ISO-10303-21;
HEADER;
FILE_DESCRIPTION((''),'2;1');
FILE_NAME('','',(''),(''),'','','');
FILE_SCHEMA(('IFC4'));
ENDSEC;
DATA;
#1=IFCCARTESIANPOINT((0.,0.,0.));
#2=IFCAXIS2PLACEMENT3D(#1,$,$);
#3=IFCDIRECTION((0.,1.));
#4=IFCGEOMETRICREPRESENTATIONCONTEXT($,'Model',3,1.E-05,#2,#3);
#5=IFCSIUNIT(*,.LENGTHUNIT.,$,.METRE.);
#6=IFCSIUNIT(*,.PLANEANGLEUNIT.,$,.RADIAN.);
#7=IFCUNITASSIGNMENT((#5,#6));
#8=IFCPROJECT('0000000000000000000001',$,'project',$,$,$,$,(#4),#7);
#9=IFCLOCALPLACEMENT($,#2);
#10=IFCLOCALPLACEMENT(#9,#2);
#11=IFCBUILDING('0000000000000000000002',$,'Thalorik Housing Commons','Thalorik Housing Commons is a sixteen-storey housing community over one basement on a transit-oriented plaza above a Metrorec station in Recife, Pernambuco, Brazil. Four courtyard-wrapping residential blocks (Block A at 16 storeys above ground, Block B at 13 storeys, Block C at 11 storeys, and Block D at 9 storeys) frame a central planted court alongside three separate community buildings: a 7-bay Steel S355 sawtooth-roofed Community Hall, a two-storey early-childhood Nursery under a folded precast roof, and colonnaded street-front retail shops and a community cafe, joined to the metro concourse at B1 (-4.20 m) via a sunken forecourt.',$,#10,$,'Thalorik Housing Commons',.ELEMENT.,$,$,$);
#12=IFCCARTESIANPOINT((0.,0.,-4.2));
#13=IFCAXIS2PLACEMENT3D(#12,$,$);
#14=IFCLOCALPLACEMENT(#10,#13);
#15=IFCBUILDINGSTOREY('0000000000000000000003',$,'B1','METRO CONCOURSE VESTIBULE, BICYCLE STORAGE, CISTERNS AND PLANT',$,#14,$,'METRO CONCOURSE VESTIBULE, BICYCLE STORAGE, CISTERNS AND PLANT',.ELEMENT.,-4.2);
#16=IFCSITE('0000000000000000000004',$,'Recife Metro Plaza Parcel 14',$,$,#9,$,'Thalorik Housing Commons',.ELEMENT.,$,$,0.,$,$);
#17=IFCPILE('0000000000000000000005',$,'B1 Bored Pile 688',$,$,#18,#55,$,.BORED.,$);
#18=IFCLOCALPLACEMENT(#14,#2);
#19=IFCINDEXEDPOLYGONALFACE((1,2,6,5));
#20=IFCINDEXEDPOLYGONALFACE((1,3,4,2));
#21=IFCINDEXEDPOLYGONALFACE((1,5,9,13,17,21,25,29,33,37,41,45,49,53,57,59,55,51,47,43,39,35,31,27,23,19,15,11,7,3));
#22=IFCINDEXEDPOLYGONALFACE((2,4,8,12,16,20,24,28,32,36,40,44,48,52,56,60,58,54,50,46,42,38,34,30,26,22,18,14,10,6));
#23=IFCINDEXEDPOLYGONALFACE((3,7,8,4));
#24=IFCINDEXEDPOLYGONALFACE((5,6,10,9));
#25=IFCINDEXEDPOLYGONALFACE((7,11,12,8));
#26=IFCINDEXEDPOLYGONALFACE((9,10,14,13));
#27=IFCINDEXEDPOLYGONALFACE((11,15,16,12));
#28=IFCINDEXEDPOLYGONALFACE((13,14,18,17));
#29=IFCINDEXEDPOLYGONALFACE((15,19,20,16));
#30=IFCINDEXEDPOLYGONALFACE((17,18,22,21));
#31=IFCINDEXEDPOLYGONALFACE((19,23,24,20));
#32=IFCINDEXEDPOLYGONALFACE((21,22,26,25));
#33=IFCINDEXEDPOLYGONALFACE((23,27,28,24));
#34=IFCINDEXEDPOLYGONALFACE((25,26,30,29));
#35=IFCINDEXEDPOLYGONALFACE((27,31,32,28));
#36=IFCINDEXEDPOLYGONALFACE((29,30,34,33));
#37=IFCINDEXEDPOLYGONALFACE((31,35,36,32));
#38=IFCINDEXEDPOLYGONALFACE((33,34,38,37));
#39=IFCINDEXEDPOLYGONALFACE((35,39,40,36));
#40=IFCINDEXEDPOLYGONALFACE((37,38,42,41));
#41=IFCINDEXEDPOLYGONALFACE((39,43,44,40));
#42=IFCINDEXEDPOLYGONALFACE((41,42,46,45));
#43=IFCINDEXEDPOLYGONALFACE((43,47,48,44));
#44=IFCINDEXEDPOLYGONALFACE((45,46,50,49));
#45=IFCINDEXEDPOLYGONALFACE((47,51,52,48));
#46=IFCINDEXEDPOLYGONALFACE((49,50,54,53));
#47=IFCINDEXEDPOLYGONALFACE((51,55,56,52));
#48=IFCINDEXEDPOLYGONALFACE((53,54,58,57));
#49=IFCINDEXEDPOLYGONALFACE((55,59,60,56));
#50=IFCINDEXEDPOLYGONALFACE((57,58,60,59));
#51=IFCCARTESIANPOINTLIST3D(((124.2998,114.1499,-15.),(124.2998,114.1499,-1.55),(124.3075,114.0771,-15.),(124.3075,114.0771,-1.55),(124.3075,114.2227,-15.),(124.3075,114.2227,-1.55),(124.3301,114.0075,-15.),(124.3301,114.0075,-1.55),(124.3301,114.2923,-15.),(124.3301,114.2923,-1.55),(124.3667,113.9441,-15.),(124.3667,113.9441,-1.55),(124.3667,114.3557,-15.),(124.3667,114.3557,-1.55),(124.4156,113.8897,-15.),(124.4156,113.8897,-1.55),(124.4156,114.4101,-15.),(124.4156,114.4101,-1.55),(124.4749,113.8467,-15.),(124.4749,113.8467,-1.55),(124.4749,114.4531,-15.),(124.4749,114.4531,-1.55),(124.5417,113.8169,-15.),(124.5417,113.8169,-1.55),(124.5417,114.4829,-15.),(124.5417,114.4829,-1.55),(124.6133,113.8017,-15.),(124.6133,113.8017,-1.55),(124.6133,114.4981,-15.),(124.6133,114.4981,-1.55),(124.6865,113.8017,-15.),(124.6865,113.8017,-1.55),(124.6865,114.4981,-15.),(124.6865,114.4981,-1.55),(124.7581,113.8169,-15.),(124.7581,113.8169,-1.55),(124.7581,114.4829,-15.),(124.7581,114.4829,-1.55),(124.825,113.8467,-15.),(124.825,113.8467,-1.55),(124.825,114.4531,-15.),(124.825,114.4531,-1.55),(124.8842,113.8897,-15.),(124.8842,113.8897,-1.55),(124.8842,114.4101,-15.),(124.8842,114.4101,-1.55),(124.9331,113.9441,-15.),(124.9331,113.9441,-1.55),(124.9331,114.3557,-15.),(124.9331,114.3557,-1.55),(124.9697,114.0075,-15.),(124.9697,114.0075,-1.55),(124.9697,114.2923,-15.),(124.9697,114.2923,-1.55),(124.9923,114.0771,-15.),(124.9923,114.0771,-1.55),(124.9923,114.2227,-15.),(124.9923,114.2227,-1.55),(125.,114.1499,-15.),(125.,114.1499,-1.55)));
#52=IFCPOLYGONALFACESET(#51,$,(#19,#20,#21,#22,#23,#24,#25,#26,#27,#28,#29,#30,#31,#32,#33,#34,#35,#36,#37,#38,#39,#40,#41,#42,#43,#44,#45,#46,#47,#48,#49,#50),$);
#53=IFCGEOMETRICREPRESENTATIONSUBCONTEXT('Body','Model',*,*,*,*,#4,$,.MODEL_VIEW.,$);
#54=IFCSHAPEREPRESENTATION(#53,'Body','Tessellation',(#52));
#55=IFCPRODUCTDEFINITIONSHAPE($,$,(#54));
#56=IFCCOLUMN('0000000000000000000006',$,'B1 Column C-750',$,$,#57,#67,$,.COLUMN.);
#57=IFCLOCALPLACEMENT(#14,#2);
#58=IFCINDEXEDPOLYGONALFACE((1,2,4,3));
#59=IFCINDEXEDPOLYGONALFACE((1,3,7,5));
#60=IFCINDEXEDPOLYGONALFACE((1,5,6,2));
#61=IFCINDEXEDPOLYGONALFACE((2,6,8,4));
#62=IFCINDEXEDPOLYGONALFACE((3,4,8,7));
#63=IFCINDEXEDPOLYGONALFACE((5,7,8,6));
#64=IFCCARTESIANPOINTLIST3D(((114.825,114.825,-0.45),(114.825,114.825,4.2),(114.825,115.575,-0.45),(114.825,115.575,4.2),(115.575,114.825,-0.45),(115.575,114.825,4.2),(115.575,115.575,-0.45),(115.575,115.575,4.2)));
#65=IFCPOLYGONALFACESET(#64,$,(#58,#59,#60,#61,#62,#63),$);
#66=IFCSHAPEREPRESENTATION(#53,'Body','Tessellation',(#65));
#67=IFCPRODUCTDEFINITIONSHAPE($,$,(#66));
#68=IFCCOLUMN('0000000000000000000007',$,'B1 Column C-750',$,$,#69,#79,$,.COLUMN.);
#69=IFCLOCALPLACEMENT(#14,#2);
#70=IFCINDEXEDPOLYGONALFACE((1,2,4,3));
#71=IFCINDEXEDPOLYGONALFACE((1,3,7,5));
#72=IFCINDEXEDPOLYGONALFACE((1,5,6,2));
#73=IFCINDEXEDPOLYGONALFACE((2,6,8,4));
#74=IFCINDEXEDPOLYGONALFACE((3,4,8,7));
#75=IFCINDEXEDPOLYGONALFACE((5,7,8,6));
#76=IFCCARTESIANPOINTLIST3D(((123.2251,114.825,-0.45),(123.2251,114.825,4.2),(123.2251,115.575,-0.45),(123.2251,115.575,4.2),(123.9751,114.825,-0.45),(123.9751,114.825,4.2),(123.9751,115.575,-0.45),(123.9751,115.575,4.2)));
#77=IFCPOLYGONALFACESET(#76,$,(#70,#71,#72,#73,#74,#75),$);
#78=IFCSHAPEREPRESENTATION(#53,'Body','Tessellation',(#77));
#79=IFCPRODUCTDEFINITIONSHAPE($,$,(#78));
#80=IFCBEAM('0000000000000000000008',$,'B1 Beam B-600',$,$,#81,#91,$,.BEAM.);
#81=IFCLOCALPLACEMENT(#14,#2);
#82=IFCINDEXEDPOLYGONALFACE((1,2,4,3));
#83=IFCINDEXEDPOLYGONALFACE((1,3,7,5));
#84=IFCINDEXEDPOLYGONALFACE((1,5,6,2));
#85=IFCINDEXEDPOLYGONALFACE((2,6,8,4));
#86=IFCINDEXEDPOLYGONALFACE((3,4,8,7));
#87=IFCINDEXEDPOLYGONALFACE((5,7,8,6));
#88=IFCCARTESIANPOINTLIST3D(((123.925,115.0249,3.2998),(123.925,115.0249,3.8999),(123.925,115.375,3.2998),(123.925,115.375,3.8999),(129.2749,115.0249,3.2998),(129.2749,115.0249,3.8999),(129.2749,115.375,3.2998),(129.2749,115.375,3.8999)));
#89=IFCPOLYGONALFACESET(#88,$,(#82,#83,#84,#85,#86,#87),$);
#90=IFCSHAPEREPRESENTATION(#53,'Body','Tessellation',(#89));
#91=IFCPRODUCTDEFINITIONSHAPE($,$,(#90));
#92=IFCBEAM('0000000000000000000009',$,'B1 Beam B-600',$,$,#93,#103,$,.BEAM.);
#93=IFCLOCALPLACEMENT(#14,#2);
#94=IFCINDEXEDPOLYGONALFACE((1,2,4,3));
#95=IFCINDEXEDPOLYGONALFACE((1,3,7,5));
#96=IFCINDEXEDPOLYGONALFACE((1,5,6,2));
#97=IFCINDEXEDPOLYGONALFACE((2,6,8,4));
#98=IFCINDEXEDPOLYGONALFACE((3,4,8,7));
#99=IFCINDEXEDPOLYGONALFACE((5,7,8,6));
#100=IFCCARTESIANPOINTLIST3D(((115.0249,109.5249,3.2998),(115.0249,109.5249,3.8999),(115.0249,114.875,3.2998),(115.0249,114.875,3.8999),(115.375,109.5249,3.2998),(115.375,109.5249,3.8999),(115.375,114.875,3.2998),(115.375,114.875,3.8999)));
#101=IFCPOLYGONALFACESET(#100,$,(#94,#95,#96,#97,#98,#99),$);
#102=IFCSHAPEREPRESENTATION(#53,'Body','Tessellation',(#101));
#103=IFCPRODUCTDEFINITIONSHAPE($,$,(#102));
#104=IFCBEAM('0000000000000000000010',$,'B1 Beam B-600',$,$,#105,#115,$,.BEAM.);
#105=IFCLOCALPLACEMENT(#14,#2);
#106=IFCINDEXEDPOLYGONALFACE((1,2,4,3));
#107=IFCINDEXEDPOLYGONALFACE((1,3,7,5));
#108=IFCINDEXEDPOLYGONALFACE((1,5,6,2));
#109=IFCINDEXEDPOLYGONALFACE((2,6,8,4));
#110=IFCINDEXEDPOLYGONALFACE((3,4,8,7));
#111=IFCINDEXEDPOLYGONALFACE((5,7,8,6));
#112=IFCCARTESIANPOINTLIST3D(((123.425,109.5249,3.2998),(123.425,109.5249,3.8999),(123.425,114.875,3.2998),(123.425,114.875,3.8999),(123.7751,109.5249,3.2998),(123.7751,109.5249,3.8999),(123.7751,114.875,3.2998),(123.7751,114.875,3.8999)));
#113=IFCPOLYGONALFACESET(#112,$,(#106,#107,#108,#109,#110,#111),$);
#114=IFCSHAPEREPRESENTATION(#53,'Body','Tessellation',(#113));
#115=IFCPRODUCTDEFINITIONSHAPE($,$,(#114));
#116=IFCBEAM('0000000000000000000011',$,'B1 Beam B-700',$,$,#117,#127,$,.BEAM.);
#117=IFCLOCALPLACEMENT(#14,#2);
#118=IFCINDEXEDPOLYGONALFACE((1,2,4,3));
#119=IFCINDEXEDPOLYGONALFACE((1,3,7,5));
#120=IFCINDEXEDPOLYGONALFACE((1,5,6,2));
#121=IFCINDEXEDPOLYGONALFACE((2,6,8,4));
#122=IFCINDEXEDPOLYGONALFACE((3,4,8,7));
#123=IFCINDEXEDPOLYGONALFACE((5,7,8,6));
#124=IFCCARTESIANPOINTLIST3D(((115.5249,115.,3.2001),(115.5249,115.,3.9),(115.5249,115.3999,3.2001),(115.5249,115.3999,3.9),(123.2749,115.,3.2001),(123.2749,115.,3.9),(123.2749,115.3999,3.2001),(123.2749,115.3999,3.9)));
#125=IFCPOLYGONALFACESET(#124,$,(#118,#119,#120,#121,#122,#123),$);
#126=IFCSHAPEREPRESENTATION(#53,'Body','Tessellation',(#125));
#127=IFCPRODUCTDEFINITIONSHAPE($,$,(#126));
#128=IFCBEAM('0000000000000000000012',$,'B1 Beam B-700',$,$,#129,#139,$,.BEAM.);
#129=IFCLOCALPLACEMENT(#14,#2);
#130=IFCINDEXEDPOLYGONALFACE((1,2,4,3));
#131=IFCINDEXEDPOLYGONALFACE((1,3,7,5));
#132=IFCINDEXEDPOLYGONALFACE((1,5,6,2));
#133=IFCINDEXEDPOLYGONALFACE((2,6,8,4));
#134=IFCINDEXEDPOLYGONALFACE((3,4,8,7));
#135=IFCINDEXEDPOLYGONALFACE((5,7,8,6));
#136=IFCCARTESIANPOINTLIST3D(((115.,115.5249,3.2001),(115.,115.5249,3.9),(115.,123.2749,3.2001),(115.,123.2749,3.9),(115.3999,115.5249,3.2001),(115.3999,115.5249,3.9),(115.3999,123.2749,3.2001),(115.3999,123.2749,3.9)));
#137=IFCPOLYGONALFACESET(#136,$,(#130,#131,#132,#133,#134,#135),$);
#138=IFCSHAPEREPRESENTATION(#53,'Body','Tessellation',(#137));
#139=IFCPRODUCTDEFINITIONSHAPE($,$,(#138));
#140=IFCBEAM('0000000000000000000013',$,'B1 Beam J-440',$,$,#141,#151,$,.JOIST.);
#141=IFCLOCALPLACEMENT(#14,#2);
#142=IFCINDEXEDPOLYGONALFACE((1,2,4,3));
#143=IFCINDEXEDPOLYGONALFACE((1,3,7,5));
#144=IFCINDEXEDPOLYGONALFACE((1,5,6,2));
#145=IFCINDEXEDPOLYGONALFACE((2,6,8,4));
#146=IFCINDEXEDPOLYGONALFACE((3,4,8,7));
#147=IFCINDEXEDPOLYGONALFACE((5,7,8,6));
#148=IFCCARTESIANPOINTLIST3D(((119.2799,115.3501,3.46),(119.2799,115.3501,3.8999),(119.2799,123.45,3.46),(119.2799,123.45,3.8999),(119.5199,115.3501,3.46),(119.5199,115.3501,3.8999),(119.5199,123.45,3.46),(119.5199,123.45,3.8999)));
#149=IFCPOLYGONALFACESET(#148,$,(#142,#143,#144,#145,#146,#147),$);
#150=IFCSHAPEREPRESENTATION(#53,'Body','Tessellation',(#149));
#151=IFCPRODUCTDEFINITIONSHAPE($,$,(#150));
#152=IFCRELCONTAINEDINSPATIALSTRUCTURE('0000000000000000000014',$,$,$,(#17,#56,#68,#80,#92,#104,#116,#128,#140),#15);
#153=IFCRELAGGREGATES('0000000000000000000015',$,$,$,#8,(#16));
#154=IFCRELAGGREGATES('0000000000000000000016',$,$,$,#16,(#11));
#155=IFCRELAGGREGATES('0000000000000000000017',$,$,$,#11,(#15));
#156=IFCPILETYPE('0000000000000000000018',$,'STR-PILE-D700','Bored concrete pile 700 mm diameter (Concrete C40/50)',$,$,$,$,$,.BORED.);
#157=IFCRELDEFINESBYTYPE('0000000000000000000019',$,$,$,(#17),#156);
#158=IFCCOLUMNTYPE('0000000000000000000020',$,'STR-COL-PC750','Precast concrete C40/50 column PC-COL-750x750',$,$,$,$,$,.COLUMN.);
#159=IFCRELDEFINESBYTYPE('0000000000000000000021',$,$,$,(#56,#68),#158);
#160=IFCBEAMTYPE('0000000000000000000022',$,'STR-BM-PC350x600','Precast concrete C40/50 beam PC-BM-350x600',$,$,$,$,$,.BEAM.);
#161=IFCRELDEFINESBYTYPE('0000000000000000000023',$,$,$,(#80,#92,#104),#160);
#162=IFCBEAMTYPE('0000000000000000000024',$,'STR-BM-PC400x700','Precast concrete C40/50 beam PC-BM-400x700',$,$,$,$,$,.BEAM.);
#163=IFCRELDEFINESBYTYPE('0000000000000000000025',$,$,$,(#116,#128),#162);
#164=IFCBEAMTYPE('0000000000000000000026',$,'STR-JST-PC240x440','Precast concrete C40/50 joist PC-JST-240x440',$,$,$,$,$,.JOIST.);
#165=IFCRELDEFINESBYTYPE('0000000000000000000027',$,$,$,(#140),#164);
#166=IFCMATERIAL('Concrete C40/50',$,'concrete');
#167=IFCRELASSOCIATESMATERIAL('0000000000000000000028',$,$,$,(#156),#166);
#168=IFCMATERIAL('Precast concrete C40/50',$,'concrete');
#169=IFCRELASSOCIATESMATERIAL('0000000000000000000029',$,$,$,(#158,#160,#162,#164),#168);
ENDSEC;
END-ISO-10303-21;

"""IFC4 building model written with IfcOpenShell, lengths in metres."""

from ifc_helpers import new_model, si_unit, direction, frame, origin, origin_2d, place, context, subcontext, project, spatial, rectangle, circle, extrude, material, material_profile, profile_set, type_object, element, save


model = new_model("IFC4")

# Units and contexts
model_context = context("Model", 3, precision=1e-05, world=origin(), true_north=direction((0.0, 1.0)))
body_context = subcontext(model_context, "Body", "Model", "MODEL_VIEW")
ifc_project = project(units=[si_unit("LENGTHUNIT", "METRE"), si_unit("PLANEANGLEUNIT", "RADIAN")], contexts=[model_context])

# Site, building, storey
site_placement = place(None, origin())
site = spatial("IfcSite", under=ifc_project, at=site_placement, Name="Recife Metro Plaza Parcel 14", LongName="Thalorik Housing Commons", CompositionType="ELEMENT", RefElevation=0.0)
building_placement = place(site_placement, origin())
building = spatial("IfcBuilding", under=site, at=building_placement, Name="Thalorik Housing Commons", Description="Thalorik Housing Commons is a sixteen-storey housing community over one basement on a transit-oriented plaza above a Metrorec station in Recife, Pernambuco, Brazil. Four courtyard-wrapping residential blocks (Block A at 16 storeys above ground, Block B at 13 storeys, Block C at 11 storeys, and Block D at 9 storeys) frame a central planted court alongside three separate community buildings: a 7-bay Steel S355 sawtooth-roofed Community Hall, a two-storey early-childhood Nursery under a folded precast roof, and colonnaded street-front retail shops and a community cafe, joined to the metro concourse at B1 (-4.20 m) via a sunken forecourt.", LongName="Thalorik Housing Commons", CompositionType="ELEMENT")
storey_placement = place(building_placement, frame((0.0, 0.0, -4.2)))
storey = spatial("IfcBuildingStorey", under=building, at=storey_placement, Name="B1", Description="METRO CONCOURSE VESTIBULE, BICYCLE STORAGE, CISTERNS AND PLANT", LongName="METRO CONCOURSE VESTIBULE, BICYCLE STORAGE, CISTERNS AND PLANT", CompositionType="ELEMENT", Elevation=-4.2)

# Shared definitions
ifc_material_1 = material(Name="Concrete C40/50", Category="concrete")

# Pile
ifc_material_profile_1 = material_profile(ifc_material_1, circle(Radius=0.3501, at=origin_2d()), Name="BORED PILE D700", Category="concrete")
ifc_profile_set_1 = profile_set([ifc_material_profile_1], Name="Concrete C40/50")
pile_type = type_object("IfcPileType", Name="STR-PILE-D700", Description="Bored concrete pile 700 mm diameter (Concrete C40/50)", PredefinedType="BORED", material=ifc_profile_set_1)
for number, where, z_axis, x_axis, name in (
    (1, (124.6499, 114.1499, -1.55), (0.0, 0.0, -1.0), (1.0, 0.0, 0.0), "B1 Bored Pile 688"),
):
    element("IfcPile", number, at=place(storey_placement, frame(where, z_axis=z_axis, x_axis=x_axis)), inside=storey, type_object=pile_type, Name=name, PredefinedType="BORED", context=body_context, shape_type="SweptSolid", body=[
        extrude(circle(Radius=0.3501, at=origin_2d()), origin(), (0.0, 0.0, 1.0), 13.45),
    ])

# Columns
ifc_material_2 = material(Name="Precast concrete C40/50", Category="concrete")
ifc_material_profile_2 = material_profile(ifc_material_2, rectangle(XDim=0.75, YDim=0.75, at=origin_2d()), Name="PC 750x750", Category="concrete")
ifc_profile_set_2 = profile_set([ifc_material_profile_2], Name="Precast concrete C40/50")
column_type = type_object("IfcColumnType", Name="STR-COL-PC750", Description="Precast concrete C40/50 column PC-COL-750x750", PredefinedType="COLUMN", material=ifc_profile_set_2)
for number, where, z_axis, x_axis, name in (
    (2, (115.2, 115.2, -0.45), (0.0, 0.0, 1.0), (1.0, 0.0, 0.0), "B1 Column C-750"),
    (3, (123.6001, 115.2, -0.45), (0.0, 0.0, 1.0), (1.0, 0.0, 0.0), "B1 Column C-750"),
):
    element("IfcColumn", number, at=place(storey_placement, frame(where, z_axis=z_axis, x_axis=x_axis)), inside=storey, type_object=column_type, Name=name, PredefinedType="COLUMN", context=body_context, shape_type="SweptSolid", body=[
        extrude(rectangle(XDim=0.75, YDim=0.75, at=origin_2d()), origin(), (0.0, 0.0, 1.0), 4.6499),
    ])

# Beams
ifc_material_profile_3 = material_profile(ifc_material_2, rectangle(XDim=0.3501, YDim=0.6001, at=origin_2d()), Name="PC 350x600", Category="concrete")
ifc_profile_set_3 = profile_set([ifc_material_profile_3], Name="Precast concrete C40/50")
beam_type_1 = type_object("IfcBeamType", Name="STR-BM-PC350x600", Description="Precast concrete C40/50 beam PC-BM-350x600", PredefinedType="BEAM", material=ifc_profile_set_3)
beam_1_placement = place(storey_placement, frame((123.925, 115.2, 3.5999), z_axis=(1.0, 0.0, 0.0), x_axis=(0.0, 1.0, 0.0)))
element("IfcBeam", 4, at=beam_1_placement, inside=storey, type_object=beam_type_1, Name="B1 Beam B-600", PredefinedType="BEAM", context=body_context, shape_type="SweptSolid", body=[
    extrude(rectangle(XDim=0.3501, YDim=0.6001, at=origin_2d()), origin(), (0.0, 0.0, 1.0), 5.3499),
])
for number, where, z_axis, x_axis, name in (
    (5, (115.2, 109.5249, 3.5999), (0.0, 1.0, 0.0), (-1.0, 0.0, 0.0), "B1 Beam B-600"),
    (6, (123.6001, 109.5249, 3.5999), (0.0, 1.0, 0.0), (-1.0, 0.0, 0.0), "B1 Beam B-600"),
):
    element("IfcBeam", number, at=place(storey_placement, frame(where, z_axis=z_axis, x_axis=x_axis)), inside=storey, type_object=beam_type_1, Name=name, PredefinedType="BEAM", context=body_context, shape_type="SweptSolid", body=[
        extrude(rectangle(XDim=0.3501, YDim=0.6001, at=origin_2d()), origin(), (0.0, 0.0, 1.0), 5.3501),
    ])
ifc_material_profile_4 = material_profile(ifc_material_2, rectangle(XDim=0.3999, YDim=0.7, at=origin_2d()), Name="PC 400x700", Category="concrete")
ifc_profile_set_4 = profile_set([ifc_material_profile_4], Name="Precast concrete C40/50")
beam_type_2 = type_object("IfcBeamType", Name="STR-BM-PC400x700", Description="Precast concrete C40/50 beam PC-BM-400x700", PredefinedType="BEAM", material=ifc_profile_set_4)
for number, where, z_axis, x_axis, name in (
    (7, (115.5249, 115.2, 3.55), (1.0, 0.0, 0.0), (0.0, 1.0, 0.0), "B1 Beam B-700"),
    (8, (115.2, 115.5249, 3.55), (0.0, 1.0, 0.0), (-1.0, 0.0, 0.0), "B1 Beam B-700"),
):
    element("IfcBeam", number, at=place(storey_placement, frame(where, z_axis=z_axis, x_axis=x_axis)), inside=storey, type_object=beam_type_2, Name=name, PredefinedType="BEAM", context=body_context, shape_type="SweptSolid", body=[
        extrude(rectangle(XDim=0.3999, YDim=0.7, at=origin_2d()), origin(), (0.0, 0.0, 1.0), 7.75),
    ])
ifc_material_profile_5 = material_profile(ifc_material_2, rectangle(XDim=0.24, YDim=0.4399, at=origin_2d()), Name="PC JST 240x440", Category="concrete")
ifc_profile_set_5 = profile_set([ifc_material_profile_5], Name="Precast concrete C40/50")
beam_type_3 = type_object("IfcBeamType", Name="STR-JST-PC240x440", Description="Precast concrete C40/50 joist PC-JST-240x440", PredefinedType="JOIST", material=ifc_profile_set_5)
beam_2_placement = place(storey_placement, frame((119.3999, 115.3501, 3.6799), z_axis=(0.0, 1.0, 0.0), x_axis=(-1.0, 0.0, 0.0)))
element("IfcBeam", 9, at=beam_2_placement, inside=storey, type_object=beam_type_3, Name="B1 Beam J-440", PredefinedType="JOIST", context=body_context, shape_type="SweptSolid", body=[
    extrude(rectangle(XDim=0.24, YDim=0.4399, at=origin_2d()), origin(), (0.0, 0.0, 1.0), 8.0999),
])

save(model, "model.ifc")
